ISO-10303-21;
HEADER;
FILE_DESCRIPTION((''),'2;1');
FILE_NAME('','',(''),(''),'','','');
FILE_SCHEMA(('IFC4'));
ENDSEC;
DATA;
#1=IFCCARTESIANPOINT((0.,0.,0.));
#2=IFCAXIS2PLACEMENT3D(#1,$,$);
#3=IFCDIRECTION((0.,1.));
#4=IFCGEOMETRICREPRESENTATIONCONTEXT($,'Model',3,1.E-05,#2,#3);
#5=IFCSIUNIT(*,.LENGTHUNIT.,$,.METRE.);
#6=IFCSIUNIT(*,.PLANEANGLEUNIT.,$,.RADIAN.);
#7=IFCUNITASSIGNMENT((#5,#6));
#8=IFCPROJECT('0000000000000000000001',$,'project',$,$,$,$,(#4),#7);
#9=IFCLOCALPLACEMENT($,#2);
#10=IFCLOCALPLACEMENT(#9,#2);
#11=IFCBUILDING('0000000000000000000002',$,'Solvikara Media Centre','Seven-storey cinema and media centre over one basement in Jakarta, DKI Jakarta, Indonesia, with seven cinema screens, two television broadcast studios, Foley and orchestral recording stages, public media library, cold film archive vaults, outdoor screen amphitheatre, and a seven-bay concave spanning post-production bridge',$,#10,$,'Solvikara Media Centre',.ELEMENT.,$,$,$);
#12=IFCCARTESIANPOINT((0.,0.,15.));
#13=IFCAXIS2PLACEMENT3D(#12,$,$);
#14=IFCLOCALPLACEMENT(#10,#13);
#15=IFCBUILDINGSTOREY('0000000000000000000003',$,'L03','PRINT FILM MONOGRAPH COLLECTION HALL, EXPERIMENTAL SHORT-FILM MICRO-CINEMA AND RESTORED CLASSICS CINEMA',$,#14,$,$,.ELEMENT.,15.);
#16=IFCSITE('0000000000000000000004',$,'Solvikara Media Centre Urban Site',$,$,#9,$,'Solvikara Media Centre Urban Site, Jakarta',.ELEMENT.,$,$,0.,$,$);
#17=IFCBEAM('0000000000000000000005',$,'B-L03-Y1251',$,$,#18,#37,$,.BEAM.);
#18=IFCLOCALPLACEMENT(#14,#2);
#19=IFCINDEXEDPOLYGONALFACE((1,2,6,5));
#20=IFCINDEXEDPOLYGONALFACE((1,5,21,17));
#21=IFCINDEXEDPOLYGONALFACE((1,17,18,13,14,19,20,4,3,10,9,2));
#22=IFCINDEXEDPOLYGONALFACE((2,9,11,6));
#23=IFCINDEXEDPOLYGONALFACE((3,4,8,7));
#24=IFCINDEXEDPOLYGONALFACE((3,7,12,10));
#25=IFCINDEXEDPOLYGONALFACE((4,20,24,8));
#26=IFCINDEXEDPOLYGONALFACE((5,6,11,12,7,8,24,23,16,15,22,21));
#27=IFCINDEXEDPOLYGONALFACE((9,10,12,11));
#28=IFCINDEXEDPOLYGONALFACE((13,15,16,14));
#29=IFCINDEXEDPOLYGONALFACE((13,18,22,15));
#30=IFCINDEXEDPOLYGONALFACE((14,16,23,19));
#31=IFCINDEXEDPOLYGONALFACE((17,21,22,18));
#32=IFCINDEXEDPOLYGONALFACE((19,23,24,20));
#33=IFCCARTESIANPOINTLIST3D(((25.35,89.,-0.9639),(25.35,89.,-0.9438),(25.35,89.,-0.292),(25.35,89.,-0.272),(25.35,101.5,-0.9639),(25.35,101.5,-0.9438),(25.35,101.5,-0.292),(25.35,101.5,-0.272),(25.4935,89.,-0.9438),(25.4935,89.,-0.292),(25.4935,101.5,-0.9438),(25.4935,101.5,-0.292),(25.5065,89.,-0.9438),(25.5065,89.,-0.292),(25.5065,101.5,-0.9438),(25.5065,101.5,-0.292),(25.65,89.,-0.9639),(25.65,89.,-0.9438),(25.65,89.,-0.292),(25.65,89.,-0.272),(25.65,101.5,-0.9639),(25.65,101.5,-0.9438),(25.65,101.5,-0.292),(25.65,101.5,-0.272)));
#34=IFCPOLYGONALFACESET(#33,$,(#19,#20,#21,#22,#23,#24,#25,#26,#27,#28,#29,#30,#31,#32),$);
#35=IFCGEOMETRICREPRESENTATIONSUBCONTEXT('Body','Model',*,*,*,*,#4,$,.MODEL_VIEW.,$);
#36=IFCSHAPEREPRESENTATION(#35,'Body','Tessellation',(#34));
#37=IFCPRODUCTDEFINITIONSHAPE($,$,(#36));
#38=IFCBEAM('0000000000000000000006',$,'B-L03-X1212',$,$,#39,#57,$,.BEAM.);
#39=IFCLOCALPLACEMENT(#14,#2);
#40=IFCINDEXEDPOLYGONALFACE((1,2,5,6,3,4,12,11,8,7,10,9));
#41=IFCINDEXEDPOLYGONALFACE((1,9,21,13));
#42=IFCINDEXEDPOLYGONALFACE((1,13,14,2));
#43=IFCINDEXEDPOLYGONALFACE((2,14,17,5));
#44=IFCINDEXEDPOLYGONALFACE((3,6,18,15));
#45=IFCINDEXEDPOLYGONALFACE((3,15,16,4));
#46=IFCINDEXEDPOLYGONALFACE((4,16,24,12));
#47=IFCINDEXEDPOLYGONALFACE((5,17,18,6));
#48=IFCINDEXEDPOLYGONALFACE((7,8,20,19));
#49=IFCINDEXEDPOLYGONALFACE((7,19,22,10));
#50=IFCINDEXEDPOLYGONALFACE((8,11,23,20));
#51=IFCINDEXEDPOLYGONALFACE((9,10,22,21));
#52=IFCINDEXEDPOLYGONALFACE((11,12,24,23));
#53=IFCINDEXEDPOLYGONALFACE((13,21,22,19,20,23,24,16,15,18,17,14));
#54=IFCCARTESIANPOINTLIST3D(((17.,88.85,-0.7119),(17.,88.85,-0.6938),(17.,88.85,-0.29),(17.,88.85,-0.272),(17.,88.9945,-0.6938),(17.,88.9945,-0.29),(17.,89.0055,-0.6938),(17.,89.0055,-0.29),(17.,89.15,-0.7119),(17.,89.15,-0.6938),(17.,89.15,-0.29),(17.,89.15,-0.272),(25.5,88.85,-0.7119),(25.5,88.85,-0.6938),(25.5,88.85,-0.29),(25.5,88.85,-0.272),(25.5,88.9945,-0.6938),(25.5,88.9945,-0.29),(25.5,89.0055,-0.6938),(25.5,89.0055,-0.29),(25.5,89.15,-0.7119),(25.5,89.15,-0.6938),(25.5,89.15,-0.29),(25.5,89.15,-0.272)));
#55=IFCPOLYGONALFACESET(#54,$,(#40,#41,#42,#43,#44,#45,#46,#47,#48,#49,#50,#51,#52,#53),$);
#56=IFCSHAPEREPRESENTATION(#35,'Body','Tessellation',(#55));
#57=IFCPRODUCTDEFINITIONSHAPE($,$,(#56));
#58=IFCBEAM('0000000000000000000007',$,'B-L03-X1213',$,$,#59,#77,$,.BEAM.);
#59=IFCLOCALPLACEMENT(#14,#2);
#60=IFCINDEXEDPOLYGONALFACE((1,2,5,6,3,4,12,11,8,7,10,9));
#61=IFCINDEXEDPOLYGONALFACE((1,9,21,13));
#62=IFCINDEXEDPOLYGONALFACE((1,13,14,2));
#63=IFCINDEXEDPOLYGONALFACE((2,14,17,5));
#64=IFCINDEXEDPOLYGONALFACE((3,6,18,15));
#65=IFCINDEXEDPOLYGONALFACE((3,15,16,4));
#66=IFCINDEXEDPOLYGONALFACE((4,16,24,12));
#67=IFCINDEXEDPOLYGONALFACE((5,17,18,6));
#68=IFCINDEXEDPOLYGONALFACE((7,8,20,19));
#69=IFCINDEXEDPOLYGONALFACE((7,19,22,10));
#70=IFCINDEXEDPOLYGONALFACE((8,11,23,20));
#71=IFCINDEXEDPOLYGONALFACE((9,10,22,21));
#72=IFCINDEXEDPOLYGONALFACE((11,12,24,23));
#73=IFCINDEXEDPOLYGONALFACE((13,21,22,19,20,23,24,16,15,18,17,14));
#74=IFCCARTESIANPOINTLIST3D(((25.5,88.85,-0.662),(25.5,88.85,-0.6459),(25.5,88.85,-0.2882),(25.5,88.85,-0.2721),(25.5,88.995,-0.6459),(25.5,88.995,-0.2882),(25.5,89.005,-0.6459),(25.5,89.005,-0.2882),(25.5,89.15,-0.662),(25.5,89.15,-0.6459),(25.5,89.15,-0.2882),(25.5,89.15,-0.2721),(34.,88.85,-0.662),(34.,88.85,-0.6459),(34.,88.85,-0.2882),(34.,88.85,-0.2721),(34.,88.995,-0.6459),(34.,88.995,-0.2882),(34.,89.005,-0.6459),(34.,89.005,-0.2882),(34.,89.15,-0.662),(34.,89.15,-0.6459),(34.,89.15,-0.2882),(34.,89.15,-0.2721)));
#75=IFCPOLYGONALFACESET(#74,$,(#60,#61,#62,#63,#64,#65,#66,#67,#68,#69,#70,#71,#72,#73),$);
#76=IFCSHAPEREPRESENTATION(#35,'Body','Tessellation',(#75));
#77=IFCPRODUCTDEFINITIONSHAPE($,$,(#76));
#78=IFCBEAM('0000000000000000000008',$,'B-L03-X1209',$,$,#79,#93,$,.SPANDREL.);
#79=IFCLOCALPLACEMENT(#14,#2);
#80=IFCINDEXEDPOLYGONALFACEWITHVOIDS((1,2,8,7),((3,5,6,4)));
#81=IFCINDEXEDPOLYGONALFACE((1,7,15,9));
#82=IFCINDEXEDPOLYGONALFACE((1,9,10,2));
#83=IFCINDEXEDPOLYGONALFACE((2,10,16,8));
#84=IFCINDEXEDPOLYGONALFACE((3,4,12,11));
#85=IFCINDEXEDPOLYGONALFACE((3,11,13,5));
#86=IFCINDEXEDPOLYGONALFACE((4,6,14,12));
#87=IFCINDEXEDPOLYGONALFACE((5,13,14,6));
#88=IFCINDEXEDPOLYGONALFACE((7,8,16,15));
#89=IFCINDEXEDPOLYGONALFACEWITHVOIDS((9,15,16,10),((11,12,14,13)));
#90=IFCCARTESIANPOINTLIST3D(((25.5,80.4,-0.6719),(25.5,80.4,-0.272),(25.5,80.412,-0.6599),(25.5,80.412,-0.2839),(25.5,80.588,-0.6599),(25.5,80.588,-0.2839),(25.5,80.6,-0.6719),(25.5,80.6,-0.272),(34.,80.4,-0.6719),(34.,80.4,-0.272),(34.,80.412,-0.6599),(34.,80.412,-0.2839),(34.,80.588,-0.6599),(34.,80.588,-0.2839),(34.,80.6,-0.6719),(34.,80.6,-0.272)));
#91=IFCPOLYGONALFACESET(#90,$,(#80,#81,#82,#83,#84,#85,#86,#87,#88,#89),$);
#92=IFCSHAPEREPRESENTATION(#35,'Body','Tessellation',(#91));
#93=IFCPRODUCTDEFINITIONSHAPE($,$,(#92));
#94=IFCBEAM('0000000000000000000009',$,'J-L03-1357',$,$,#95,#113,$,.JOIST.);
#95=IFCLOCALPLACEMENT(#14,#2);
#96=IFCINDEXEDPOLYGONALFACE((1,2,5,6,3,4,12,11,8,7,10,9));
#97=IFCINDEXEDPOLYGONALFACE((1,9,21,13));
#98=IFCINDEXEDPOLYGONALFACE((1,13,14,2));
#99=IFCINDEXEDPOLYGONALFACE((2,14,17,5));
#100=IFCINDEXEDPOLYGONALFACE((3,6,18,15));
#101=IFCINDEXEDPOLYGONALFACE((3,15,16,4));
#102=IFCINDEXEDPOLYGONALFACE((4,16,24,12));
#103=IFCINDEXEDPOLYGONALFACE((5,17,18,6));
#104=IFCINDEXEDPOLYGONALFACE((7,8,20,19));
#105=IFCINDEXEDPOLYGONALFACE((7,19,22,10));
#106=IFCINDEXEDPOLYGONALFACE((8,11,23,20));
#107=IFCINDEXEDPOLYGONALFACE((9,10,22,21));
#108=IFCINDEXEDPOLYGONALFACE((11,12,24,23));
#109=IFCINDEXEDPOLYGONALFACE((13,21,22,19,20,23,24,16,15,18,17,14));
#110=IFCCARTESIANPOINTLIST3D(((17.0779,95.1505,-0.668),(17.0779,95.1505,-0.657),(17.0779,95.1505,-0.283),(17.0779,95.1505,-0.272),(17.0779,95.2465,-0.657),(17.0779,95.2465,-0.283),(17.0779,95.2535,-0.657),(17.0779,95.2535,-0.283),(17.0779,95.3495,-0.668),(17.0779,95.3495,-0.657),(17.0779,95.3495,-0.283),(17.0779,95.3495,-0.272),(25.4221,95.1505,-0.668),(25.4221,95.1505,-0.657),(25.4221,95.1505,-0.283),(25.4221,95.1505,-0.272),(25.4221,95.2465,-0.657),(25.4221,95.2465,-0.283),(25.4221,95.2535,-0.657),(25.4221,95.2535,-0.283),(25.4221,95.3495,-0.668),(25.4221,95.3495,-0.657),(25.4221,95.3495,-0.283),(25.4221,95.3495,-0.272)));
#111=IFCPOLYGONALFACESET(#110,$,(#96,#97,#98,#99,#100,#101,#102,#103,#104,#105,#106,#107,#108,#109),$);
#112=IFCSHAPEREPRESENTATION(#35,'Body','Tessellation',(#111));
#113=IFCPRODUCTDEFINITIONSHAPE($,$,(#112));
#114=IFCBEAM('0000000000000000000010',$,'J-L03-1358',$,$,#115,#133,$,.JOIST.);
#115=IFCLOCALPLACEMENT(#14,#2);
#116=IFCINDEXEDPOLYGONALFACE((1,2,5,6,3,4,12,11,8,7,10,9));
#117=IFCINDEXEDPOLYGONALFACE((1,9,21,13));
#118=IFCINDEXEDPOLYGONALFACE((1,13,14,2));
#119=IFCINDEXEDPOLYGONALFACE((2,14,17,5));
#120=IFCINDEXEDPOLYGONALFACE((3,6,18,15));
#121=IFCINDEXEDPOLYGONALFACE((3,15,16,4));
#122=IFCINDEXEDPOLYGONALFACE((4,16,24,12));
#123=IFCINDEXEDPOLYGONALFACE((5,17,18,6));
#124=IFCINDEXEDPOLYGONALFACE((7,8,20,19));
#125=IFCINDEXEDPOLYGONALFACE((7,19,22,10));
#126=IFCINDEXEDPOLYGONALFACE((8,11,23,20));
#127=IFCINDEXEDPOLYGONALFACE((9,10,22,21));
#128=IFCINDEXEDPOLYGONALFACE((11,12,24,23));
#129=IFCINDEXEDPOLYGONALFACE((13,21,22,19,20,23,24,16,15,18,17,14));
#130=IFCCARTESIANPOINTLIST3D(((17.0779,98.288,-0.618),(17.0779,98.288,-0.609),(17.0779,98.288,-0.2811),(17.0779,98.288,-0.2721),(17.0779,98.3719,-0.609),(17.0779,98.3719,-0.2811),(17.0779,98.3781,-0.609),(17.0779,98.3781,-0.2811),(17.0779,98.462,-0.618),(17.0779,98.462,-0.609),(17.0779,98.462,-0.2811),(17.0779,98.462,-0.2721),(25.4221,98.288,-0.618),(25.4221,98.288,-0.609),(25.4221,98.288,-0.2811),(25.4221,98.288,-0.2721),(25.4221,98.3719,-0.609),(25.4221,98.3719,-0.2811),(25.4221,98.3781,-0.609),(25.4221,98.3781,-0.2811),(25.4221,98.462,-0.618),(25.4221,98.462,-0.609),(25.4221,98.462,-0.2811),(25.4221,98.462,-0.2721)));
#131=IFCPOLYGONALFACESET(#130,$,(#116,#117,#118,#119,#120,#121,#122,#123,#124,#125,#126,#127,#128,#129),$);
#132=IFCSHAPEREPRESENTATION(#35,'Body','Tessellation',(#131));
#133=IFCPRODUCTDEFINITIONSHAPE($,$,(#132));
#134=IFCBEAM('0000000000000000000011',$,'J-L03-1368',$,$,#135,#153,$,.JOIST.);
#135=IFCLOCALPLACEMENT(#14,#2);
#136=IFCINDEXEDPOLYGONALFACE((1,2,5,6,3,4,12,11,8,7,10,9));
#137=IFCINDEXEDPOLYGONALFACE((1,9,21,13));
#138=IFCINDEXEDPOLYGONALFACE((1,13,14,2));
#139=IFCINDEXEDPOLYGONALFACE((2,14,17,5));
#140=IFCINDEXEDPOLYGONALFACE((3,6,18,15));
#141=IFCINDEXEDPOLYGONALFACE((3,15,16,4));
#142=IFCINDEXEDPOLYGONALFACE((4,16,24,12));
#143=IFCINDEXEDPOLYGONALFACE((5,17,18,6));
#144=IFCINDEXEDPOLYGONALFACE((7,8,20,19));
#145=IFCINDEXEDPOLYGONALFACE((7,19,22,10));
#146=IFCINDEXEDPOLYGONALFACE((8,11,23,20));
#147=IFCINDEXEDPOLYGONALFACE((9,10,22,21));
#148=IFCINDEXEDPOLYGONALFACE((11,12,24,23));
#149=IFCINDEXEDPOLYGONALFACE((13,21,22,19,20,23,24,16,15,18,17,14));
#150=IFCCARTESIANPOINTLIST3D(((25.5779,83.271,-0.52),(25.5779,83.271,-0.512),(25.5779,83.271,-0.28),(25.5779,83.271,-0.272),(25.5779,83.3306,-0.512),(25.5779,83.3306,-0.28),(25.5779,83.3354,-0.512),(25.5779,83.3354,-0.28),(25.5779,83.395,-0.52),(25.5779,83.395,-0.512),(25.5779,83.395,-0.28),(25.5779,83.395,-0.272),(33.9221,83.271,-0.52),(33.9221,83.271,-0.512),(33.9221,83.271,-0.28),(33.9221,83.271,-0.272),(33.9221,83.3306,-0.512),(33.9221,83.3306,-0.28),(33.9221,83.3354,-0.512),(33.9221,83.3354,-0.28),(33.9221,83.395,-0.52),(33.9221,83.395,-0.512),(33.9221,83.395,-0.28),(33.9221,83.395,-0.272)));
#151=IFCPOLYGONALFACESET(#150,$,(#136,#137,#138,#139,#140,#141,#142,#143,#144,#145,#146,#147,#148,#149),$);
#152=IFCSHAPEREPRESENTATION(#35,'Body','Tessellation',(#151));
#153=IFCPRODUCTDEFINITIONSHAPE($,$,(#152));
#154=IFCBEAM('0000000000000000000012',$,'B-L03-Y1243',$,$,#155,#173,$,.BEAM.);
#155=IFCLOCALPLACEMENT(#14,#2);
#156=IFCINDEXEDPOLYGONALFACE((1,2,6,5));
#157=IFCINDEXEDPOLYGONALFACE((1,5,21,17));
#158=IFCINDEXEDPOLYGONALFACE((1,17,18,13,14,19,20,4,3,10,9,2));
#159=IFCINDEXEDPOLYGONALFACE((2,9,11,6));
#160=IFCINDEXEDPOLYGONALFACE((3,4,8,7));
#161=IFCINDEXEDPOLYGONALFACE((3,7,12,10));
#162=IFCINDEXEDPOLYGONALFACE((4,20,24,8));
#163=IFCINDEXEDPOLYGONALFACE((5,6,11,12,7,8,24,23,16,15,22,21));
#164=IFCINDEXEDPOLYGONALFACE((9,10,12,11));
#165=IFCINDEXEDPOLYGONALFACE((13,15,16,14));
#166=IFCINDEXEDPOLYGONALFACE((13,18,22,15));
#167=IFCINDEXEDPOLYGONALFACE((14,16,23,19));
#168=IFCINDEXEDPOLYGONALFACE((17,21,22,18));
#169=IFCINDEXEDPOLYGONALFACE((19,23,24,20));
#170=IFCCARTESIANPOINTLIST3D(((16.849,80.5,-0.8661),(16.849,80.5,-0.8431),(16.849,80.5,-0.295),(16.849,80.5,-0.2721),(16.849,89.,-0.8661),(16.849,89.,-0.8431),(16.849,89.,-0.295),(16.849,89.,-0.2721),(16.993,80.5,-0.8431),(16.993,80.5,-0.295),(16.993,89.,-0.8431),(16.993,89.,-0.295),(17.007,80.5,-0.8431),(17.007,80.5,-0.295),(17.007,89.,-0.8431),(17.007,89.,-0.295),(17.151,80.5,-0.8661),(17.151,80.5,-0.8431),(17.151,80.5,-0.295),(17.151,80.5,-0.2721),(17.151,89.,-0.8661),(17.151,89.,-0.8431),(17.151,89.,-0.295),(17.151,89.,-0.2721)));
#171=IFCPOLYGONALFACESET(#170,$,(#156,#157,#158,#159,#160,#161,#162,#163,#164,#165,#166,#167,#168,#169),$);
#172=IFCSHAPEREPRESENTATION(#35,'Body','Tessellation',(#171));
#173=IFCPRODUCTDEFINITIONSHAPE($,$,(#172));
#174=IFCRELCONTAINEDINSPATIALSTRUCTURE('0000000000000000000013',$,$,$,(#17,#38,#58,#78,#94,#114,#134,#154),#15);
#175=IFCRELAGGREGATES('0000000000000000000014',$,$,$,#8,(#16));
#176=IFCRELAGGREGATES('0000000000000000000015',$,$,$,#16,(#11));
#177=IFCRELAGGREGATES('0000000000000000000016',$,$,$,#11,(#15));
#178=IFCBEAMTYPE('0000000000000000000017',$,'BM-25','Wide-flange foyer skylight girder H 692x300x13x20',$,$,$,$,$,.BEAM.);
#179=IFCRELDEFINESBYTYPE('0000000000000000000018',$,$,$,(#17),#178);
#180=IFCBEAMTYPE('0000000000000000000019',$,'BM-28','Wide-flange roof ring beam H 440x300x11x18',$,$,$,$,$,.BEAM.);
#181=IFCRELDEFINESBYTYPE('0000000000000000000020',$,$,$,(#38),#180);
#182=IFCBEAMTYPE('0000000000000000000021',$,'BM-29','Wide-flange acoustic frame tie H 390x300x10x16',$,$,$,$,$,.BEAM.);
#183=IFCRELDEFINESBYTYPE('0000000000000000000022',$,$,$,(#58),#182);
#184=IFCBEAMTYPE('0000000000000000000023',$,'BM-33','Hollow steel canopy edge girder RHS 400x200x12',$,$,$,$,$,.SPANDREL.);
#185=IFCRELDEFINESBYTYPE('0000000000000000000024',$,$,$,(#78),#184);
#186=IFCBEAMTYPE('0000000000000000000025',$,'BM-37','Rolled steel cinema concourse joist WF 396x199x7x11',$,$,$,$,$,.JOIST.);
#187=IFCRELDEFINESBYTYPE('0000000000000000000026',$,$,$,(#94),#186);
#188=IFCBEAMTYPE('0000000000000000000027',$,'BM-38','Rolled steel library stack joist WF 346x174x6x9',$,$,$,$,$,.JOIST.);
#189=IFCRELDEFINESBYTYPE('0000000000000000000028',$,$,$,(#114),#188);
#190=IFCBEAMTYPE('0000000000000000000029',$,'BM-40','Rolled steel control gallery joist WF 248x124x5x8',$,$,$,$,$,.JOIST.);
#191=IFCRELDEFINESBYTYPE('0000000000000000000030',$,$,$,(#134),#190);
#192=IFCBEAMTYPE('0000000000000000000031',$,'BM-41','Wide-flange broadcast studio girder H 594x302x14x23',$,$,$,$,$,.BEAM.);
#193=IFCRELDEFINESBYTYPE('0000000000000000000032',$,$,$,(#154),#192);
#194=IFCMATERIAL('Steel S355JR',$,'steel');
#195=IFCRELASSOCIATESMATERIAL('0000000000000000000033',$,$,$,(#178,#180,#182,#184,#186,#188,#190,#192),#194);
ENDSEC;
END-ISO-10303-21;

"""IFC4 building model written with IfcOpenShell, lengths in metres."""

from ifc_helpers import new_model, si_unit, direction, frame, origin, origin_2d, place, context, subcontext, project, spatial, hollow_rectangle, i_section, extrude, material, material_profile, profile_set, type_object, element, save


model = new_model("IFC4")

# Units and contexts
model_context = context("Model", 3, precision=1e-05, world=origin(), true_north=direction((0.0, 1.0)))
body_context = subcontext(model_context, "Body", "Model", "MODEL_VIEW")
ifc_project = project(units=[si_unit("LENGTHUNIT", "METRE"), si_unit("PLANEANGLEUNIT", "RADIAN")], contexts=[model_context])

# Site, building, storey
site_placement = place(None, origin())
site = spatial("IfcSite", under=ifc_project, at=site_placement, Name="Solvikara Media Centre Urban Site", LongName="Solvikara Media Centre Urban Site, Jakarta", CompositionType="ELEMENT", RefElevation=0.0)
building_placement = place(site_placement, origin())
building = spatial("IfcBuilding", under=site, at=building_placement, Name="Solvikara Media Centre", Description="Seven-storey cinema and media centre over one basement in Jakarta, DKI Jakarta, Indonesia, with seven cinema screens, two television broadcast studios, Foley and orchestral recording stages, public media library, cold film archive vaults, outdoor screen amphitheatre, and a seven-bay concave spanning post-production bridge", LongName="Solvikara Media Centre", CompositionType="ELEMENT")
storey_placement = place(building_placement, frame((0.0, 0.0, 15.0)))
storey = spatial("IfcBuildingStorey", under=building, at=storey_placement, Name="L03", Description="PRINT FILM MONOGRAPH COLLECTION HALL, EXPERIMENTAL SHORT-FILM MICRO-CINEMA AND RESTORED CLASSICS CINEMA", CompositionType="ELEMENT", Elevation=15.0)

# Shared definitions
ifc_material_1 = material(Name="Steel S355JR", Category="steel")

# Beams
ifc_material_profile_1 = material_profile(ifc_material_1, i_section(OverallWidth=0.3, OverallDepth=0.6919, WebThickness=0.0129, FlangeThickness=0.02, at=origin_2d()), Name="H 692x300x13x20")
ifc_profile_set_1 = profile_set([ifc_material_profile_1], Name="Steel S355JR")
beam_type_1 = type_object("IfcBeamType", Name="BM-25", Description="Wide-flange foyer skylight girder H 692x300x13x20", PredefinedType="BEAM", material=ifc_profile_set_1)
beam_1_placement = place(storey_placement, frame((25.5, 89.0, -0.6179), z_axis=(0.0, 1.0, 0.0), x_axis=(-1.0, 0.0, 0.0)))
element("IfcBeam", 1, at=beam_1_placement, inside=storey, type_object=beam_type_1, Name="B-L03-Y1251", PredefinedType="BEAM", context=body_context, shape_type="SweptSolid", body=[
    extrude(i_section(OverallWidth=0.3, OverallDepth=0.6919, WebThickness=0.0129, FlangeThickness=0.02, at=origin_2d()), origin(), (0.0, 0.0, 1.0), 12.5),
])
ifc_material_profile_2 = material_profile(ifc_material_1, i_section(OverallWidth=0.3, OverallDepth=0.4399, WebThickness=0.011, FlangeThickness=0.0181, at=origin_2d()), Name="H 440x300x11x18")
ifc_profile_set_2 = profile_set([ifc_material_profile_2], Name="Steel S355JR")
beam_type_2 = type_object("IfcBeamType", Name="BM-28", Description="Wide-flange roof ring beam H 440x300x11x18", PredefinedType="BEAM", material=ifc_profile_set_2)
beam_2_placement = place(storey_placement, frame((17.0, 89.0, -0.4919), z_axis=(1.0, 0.0, 0.0), x_axis=(0.0, 1.0, 0.0)))
element("IfcBeam", 2, at=beam_2_placement, inside=storey, type_object=beam_type_2, Name="B-L03-X1212", PredefinedType="BEAM", context=body_context, shape_type="SweptSolid", body=[
    extrude(i_section(OverallWidth=0.3, OverallDepth=0.4399, WebThickness=0.011, FlangeThickness=0.0181, at=origin_2d()), origin(), (0.0, 0.0, 1.0), 8.5),
])
ifc_material_profile_3 = material_profile(ifc_material_1, i_section(OverallWidth=0.3, OverallDepth=0.3899, WebThickness=0.01, FlangeThickness=0.0161, at=origin_2d()), Name="H 390x300x10x16")
ifc_profile_set_3 = profile_set([ifc_material_profile_3], Name="Steel S355JR")
beam_type_3 = type_object("IfcBeamType", Name="BM-29", Description="Wide-flange acoustic frame tie H 390x300x10x16", PredefinedType="BEAM", material=ifc_profile_set_3)
beam_3_placement = place(storey_placement, frame((25.5, 89.0, -0.467), z_axis=(1.0, 0.0, 0.0), x_axis=(0.0, 1.0, 0.0)))
element("IfcBeam", 3, at=beam_3_placement, inside=storey, type_object=beam_type_3, Name="B-L03-X1213", PredefinedType="BEAM", context=body_context, shape_type="SweptSolid", body=[
    extrude(i_section(OverallWidth=0.3, OverallDepth=0.3899, WebThickness=0.01, FlangeThickness=0.0161, at=origin_2d()), origin(), (0.0, 0.0, 1.0), 8.5),
])
ifc_material_profile_4 = material_profile(ifc_material_1, hollow_rectangle(XDim=0.2, YDim=0.3999, WallThickness=0.012, at=origin_2d()), Name="RHS 400x200x12")
ifc_profile_set_4 = profile_set([ifc_material_profile_4], Name="Steel S355JR")
beam_type_4 = type_object("IfcBeamType", Name="BM-33", Description="Hollow steel canopy edge girder RHS 400x200x12", PredefinedType="SPANDREL", material=ifc_profile_set_4)
beam_4_placement = place(storey_placement, frame((25.5, 80.5, -0.4719), z_axis=(1.0, 0.0, 0.0), x_axis=(0.0, 1.0, 0.0)))
element("IfcBeam", 4, at=beam_4_placement, inside=storey, type_object=beam_type_4, Name="B-L03-X1209", PredefinedType="SPANDREL", context=body_context, shape_type="SweptSolid", body=[
    extrude(hollow_rectangle(XDim=0.2, YDim=0.3999, WallThickness=0.012, at=origin_2d()), origin(), (0.0, 0.0, 1.0), 8.5),
])
ifc_material_profile_5 = material_profile(ifc_material_1, i_section(OverallWidth=0.199, OverallDepth=0.396, WebThickness=0.0071, FlangeThickness=0.011, at=origin_2d()), Name="WF 396x199x7x11")
ifc_profile_set_5 = profile_set([ifc_material_profile_5], Name="Steel S355JR")
beam_type_5 = type_object("IfcBeamType", Name="BM-37", Description="Rolled steel cinema concourse joist WF 396x199x7x11", PredefinedType="JOIST", material=ifc_profile_set_5)
beam_5_placement = place(storey_placement, frame((17.0779, 95.25, -0.47), z_axis=(1.0, 0.0, 0.0), x_axis=(0.0, 1.0, 0.0)))
element("IfcBeam", 5, at=beam_5_placement, inside=storey, type_object=beam_type_5, Name="J-L03-1357", PredefinedType="JOIST", context=body_context, shape_type="SweptSolid", body=[
    extrude(i_section(OverallWidth=0.199, OverallDepth=0.396, WebThickness=0.0071, FlangeThickness=0.011, at=origin_2d()), origin(), (0.0, 0.0, 1.0), 8.3442),
])
ifc_material_profile_6 = material_profile(ifc_material_1, i_section(OverallWidth=0.1741, OverallDepth=0.3459, WebThickness=0.0061, FlangeThickness=0.009, at=origin_2d()), Name="WF 346x174x6x9")
ifc_profile_set_6 = profile_set([ifc_material_profile_6], Name="Steel S355JR")
beam_type_6 = type_object("IfcBeamType", Name="BM-38", Description="Rolled steel library stack joist WF 346x174x6x9", PredefinedType="JOIST", material=ifc_profile_set_6)
beam_6_placement = place(storey_placement, frame((17.0779, 98.375, -0.4451), z_axis=(1.0, 0.0, 0.0), x_axis=(0.0, 1.0, 0.0)))
element("IfcBeam", 6, at=beam_6_placement, inside=storey, type_object=beam_type_6, Name="J-L03-1358", PredefinedType="JOIST", context=body_context, shape_type="SweptSolid", body=[
    extrude(i_section(OverallWidth=0.1741, OverallDepth=0.3459, WebThickness=0.0061, FlangeThickness=0.009, at=origin_2d()), origin(), (0.0, 0.0, 1.0), 8.3442),
])
ifc_material_profile_7 = material_profile(ifc_material_1, i_section(OverallWidth=0.124, OverallDepth=0.248, WebThickness=0.0049, FlangeThickness=0.0081, at=origin_2d()), Name="WF 248x124x5x8")
ifc_profile_set_7 = profile_set([ifc_material_profile_7], Name="Steel S355JR")
beam_type_7 = type_object("IfcBeamType", Name="BM-40", Description="Rolled steel control gallery joist WF 248x124x5x8", PredefinedType="JOIST", material=ifc_profile_set_7)
beam_7_placement = place(storey_placement, frame((25.5779, 83.333, -0.396), z_axis=(1.0, 0.0, 0.0), x_axis=(0.0, 1.0, 0.0)))
element("IfcBeam", 7, at=beam_7_placement, inside=storey, type_object=beam_type_7, Name="J-L03-1368", PredefinedType="JOIST", context=body_context, shape_type="SweptSolid", body=[
    extrude(i_section(OverallWidth=0.124, OverallDepth=0.248, WebThickness=0.0049, FlangeThickness=0.0081, at=origin_2d()), origin(), (0.0, 0.0, 1.0), 8.3442),
])
ifc_material_profile_8 = material_profile(ifc_material_1, i_section(OverallWidth=0.302, OverallDepth=0.594, WebThickness=0.0139, FlangeThickness=0.0229, at=origin_2d()), Name="H 594x302x14x23")
ifc_profile_set_8 = profile_set([ifc_material_profile_8], Name="Steel S355JR")
beam_type_8 = type_object("IfcBeamType", Name="BM-41", Description="Wide-flange broadcast studio girder H 594x302x14x23", PredefinedType="BEAM", material=ifc_profile_set_8)
beam_8_placement = place(storey_placement, frame((17.0, 80.5, -0.5691), z_axis=(0.0, 1.0, 0.0), x_axis=(-1.0, 0.0, 0.0)))
element("IfcBeam", 8, at=beam_8_placement, inside=storey, type_object=beam_type_8, Name="B-L03-Y1243", PredefinedType="BEAM", context=body_context, shape_type="SweptSolid", body=[
    extrude(i_section(OverallWidth=0.302, OverallDepth=0.594, WebThickness=0.0139, FlangeThickness=0.0229, at=origin_2d()), origin(), (0.0, 0.0, 1.0), 8.5),
])

save(model, "model.ifc")
